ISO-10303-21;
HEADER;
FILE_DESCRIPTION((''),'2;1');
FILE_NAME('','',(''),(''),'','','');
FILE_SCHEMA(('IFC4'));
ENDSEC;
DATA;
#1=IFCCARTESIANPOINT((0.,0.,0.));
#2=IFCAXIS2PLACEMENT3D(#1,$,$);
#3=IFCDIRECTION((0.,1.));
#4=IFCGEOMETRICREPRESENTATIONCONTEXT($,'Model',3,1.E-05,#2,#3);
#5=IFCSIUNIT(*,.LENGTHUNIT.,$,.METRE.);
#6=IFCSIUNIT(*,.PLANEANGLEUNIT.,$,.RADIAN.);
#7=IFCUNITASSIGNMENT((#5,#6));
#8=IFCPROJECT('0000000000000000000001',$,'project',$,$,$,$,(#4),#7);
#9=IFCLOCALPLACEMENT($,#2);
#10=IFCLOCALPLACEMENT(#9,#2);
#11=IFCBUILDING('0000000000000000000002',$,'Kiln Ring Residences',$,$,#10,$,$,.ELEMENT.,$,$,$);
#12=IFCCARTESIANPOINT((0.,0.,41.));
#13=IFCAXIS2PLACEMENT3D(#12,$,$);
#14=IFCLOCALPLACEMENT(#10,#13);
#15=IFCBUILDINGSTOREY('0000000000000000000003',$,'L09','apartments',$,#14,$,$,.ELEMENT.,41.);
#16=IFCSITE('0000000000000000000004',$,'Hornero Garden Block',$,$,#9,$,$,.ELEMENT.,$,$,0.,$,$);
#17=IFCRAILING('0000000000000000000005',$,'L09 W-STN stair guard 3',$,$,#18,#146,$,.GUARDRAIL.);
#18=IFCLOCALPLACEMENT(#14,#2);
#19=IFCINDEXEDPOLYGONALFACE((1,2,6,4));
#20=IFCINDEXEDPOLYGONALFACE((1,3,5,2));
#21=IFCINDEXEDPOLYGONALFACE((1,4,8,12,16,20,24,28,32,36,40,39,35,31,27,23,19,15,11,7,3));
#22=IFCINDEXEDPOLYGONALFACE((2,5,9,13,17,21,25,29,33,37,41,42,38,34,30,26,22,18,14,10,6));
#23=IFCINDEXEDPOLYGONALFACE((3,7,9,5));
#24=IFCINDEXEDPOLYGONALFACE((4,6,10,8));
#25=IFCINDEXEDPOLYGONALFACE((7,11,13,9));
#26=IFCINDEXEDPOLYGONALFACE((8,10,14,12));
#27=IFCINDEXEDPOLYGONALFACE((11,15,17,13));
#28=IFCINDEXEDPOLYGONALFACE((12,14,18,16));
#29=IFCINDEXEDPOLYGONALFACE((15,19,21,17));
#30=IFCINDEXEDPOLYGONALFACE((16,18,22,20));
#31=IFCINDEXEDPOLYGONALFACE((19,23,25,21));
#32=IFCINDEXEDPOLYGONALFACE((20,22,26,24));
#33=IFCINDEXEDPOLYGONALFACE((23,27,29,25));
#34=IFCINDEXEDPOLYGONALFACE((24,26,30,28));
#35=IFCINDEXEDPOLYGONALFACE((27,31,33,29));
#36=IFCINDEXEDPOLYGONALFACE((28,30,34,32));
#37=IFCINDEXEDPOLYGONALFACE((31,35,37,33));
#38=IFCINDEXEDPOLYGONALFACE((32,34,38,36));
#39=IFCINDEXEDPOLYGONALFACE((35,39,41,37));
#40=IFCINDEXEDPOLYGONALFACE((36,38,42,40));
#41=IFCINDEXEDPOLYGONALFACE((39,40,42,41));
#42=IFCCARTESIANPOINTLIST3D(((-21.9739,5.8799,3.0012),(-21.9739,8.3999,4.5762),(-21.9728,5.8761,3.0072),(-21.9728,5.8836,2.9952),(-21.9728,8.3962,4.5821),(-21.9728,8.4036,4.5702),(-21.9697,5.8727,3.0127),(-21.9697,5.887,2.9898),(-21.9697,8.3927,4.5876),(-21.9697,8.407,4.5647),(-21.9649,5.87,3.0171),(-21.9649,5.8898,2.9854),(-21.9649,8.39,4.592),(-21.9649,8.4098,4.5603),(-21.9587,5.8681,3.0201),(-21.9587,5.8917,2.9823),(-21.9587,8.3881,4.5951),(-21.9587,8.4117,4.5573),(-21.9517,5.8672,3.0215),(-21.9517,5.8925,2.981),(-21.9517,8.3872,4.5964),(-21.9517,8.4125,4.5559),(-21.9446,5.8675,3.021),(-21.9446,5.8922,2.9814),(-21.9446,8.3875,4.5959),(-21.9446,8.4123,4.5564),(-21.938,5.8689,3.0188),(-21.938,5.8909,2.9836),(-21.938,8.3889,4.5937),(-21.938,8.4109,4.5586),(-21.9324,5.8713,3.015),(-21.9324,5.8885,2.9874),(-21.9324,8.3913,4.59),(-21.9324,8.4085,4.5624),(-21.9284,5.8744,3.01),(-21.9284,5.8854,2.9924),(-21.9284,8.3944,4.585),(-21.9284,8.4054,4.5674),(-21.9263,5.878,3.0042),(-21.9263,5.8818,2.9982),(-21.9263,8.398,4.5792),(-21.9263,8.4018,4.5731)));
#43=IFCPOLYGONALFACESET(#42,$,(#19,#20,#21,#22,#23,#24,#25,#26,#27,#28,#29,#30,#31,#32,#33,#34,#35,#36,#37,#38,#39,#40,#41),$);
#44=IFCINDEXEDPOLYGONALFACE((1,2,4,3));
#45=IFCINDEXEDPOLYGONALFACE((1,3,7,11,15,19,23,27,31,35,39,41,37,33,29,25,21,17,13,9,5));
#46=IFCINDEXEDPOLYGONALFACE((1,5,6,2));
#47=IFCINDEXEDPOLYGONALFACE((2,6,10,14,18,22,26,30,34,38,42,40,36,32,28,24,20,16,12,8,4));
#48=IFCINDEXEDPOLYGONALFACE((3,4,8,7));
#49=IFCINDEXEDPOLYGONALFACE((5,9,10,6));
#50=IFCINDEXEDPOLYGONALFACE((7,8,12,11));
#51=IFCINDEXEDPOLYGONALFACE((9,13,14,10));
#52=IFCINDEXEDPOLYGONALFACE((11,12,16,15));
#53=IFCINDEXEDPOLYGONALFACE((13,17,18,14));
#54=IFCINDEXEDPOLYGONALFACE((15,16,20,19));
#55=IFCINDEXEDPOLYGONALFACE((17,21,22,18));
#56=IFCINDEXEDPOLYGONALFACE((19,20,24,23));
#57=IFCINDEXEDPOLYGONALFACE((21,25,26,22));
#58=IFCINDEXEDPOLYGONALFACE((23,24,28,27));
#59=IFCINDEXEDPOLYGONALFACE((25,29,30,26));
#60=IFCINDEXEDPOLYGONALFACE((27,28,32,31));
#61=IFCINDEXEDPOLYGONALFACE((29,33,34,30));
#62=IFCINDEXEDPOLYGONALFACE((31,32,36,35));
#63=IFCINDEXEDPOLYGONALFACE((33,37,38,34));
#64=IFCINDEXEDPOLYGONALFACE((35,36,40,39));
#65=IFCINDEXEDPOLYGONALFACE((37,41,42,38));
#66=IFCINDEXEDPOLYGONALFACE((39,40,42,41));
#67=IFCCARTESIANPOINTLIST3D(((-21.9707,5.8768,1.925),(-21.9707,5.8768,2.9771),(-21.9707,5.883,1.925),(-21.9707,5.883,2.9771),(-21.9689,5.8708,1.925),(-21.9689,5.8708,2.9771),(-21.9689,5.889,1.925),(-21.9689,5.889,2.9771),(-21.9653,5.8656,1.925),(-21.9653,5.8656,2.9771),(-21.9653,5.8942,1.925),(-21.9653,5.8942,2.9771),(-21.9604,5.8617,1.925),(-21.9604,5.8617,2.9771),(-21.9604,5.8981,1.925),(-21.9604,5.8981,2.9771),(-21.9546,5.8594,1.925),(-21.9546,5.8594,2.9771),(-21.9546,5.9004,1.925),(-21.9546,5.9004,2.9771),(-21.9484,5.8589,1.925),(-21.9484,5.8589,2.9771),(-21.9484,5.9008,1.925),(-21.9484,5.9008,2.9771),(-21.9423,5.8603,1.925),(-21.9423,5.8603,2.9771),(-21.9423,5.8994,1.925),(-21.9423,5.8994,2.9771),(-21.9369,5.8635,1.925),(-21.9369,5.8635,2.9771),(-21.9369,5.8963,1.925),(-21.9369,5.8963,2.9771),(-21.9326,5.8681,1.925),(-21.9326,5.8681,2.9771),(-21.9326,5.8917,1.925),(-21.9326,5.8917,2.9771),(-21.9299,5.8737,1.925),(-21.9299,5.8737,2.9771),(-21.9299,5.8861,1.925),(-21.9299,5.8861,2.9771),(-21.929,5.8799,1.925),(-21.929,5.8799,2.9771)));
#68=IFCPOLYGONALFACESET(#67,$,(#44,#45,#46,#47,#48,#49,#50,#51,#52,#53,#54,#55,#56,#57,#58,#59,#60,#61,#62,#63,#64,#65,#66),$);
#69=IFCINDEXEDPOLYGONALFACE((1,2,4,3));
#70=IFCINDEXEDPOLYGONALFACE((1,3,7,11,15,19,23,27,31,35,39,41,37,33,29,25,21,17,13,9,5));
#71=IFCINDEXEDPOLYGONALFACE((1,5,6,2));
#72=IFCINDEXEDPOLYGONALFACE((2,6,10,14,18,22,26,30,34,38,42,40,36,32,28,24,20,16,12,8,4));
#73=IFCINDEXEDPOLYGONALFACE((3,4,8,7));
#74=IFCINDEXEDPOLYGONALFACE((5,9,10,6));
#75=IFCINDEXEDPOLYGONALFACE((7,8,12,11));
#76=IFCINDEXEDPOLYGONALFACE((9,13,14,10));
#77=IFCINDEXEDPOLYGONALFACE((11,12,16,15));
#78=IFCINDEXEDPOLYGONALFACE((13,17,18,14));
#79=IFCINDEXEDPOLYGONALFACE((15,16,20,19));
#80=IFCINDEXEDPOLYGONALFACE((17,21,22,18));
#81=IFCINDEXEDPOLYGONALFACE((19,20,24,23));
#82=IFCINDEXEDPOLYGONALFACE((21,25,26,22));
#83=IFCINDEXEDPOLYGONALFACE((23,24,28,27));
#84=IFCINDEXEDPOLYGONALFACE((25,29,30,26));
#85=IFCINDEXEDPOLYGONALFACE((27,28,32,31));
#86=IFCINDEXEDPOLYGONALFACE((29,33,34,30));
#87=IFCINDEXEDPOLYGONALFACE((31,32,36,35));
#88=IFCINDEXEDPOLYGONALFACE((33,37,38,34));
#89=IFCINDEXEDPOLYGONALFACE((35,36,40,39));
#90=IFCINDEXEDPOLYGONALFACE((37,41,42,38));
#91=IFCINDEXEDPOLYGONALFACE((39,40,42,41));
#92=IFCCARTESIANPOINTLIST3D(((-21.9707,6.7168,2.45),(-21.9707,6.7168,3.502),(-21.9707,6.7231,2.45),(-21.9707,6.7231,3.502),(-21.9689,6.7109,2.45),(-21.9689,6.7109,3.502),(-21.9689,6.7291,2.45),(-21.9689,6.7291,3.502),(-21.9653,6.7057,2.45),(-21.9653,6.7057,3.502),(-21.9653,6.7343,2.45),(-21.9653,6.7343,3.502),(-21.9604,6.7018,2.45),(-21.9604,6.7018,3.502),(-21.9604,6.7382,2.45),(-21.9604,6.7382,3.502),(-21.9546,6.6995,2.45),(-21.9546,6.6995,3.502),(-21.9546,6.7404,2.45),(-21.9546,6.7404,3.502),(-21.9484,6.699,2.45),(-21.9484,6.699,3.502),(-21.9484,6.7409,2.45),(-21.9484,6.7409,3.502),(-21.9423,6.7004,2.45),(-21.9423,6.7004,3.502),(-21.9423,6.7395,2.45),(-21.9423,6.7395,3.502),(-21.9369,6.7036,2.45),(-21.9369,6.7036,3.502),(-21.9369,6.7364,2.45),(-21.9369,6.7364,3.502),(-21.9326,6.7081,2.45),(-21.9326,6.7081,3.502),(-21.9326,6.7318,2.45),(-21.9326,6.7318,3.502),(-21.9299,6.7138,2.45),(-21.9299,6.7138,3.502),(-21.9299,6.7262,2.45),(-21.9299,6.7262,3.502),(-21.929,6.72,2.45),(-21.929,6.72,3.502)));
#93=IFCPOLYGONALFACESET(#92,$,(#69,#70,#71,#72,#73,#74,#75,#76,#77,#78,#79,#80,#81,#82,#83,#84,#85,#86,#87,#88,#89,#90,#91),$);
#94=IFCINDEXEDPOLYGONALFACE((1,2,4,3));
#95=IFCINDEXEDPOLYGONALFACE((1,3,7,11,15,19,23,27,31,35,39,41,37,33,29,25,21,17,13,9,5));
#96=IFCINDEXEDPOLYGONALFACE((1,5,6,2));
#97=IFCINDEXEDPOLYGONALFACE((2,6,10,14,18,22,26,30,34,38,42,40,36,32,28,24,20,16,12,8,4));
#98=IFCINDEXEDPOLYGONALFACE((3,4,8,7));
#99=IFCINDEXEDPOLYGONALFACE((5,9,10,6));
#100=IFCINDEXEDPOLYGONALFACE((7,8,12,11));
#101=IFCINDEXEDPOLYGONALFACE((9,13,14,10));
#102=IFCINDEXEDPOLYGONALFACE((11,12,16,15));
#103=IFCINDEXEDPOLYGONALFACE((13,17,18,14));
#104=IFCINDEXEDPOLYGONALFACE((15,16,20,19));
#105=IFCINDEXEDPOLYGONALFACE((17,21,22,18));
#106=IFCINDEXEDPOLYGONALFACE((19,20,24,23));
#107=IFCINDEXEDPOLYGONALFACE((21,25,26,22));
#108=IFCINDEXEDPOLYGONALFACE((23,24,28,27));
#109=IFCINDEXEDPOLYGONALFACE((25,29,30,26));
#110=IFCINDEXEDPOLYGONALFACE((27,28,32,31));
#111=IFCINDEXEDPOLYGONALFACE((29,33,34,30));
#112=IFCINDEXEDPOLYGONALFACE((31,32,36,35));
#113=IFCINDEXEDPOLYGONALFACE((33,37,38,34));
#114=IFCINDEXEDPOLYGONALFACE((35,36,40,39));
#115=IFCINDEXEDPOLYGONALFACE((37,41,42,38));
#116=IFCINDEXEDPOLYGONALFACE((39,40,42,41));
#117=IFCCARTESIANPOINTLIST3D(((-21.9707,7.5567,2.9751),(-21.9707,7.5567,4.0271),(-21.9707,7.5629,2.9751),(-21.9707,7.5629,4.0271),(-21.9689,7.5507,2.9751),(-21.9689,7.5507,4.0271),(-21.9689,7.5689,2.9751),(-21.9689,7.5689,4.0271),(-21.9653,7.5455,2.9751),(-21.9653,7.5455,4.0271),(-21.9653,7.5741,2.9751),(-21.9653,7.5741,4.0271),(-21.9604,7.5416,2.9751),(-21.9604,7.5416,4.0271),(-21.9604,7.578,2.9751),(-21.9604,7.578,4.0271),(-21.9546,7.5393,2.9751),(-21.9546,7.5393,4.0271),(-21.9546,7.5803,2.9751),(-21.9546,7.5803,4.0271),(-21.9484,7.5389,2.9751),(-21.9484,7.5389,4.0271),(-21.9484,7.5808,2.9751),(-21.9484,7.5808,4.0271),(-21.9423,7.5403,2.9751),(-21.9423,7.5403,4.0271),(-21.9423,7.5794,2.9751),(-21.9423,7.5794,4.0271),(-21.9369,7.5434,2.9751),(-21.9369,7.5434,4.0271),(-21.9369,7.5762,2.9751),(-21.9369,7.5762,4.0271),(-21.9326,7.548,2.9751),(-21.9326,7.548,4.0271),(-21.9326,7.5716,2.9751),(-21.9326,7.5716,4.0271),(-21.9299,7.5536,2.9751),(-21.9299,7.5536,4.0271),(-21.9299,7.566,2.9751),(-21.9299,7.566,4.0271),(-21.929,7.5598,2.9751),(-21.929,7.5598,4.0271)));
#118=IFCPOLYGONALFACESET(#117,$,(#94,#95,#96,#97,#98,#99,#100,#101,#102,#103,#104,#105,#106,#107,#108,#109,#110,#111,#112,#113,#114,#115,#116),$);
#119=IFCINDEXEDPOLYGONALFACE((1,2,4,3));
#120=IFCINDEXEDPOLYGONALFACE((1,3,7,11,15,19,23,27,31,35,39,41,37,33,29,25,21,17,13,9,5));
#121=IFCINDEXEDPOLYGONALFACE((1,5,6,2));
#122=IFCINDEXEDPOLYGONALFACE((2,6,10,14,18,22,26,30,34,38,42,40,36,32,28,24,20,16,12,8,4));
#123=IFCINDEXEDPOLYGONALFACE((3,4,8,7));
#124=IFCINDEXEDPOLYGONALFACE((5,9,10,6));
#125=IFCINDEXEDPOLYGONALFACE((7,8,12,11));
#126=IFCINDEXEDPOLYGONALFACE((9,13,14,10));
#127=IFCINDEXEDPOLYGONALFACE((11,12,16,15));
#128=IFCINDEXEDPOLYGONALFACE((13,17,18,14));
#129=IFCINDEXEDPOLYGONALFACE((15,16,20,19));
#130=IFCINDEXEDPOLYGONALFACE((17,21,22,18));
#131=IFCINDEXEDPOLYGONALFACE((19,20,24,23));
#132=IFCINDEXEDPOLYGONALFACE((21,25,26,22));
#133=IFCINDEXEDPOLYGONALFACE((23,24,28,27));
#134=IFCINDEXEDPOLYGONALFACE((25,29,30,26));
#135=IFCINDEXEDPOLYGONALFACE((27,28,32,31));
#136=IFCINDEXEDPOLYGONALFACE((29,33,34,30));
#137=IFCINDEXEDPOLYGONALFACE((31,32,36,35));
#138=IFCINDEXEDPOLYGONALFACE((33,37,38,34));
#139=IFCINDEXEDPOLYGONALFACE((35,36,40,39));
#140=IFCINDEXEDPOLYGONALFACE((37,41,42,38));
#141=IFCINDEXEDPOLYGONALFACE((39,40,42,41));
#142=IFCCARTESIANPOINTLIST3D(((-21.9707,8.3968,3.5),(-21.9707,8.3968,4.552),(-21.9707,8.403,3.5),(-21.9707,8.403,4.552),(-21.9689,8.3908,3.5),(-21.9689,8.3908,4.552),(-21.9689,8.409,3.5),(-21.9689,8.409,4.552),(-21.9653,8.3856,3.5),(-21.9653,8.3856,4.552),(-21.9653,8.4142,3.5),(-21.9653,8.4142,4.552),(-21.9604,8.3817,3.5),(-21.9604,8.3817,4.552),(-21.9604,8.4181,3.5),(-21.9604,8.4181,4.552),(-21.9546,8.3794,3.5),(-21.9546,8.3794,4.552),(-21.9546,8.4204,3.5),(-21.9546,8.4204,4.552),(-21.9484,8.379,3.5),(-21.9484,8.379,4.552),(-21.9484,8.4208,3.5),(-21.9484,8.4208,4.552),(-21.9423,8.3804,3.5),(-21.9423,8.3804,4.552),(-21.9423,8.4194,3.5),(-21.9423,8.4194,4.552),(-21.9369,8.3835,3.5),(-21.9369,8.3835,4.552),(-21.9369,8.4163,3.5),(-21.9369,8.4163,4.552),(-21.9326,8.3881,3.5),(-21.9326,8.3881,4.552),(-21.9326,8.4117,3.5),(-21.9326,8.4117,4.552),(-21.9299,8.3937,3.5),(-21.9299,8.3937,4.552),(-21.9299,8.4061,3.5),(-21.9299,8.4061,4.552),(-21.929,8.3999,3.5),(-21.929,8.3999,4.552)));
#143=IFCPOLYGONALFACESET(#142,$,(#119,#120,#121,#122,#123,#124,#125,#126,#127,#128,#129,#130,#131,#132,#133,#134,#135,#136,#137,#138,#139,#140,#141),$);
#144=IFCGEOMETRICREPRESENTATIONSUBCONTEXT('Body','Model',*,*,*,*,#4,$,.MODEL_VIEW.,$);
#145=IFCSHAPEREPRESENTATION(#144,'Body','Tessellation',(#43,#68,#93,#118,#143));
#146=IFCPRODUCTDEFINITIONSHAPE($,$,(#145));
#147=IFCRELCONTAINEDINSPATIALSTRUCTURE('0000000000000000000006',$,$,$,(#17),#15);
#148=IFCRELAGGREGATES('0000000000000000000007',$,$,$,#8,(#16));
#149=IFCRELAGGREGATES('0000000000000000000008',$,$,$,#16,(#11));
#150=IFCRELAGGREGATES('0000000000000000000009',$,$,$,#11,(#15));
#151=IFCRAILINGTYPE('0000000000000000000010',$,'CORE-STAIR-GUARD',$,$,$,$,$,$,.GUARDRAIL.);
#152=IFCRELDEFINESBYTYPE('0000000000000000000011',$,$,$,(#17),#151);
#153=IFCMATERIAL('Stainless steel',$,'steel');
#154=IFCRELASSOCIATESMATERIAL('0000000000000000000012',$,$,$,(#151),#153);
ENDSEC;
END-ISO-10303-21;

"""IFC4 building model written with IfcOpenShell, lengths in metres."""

from ifc_helpers import new_model, si_unit, direction, frame, origin, origin_2d, place, context, subcontext, project, spatial, circle, extrude, material, type_object, element, save


model = new_model("IFC4")

# Units and contexts
model_context = context("Model", 3, precision=1e-05, world=origin(), true_north=direction((0.0, 1.0)))
body_context = subcontext(model_context, "Body", "Model", "MODEL_VIEW")
ifc_project = project(units=[si_unit("LENGTHUNIT", "METRE"), si_unit("PLANEANGLEUNIT", "RADIAN")], contexts=[model_context])

# Site, building, storey
site_placement = place(None, origin())
site = spatial("IfcSite", under=ifc_project, at=site_placement, Name="Hornero Garden Block", CompositionType="ELEMENT", RefElevation=0.0)
building_placement = place(site_placement, origin())
building = spatial("IfcBuilding", under=site, at=building_placement, Name="Kiln Ring Residences", CompositionType="ELEMENT")
storey_placement = place(building_placement, frame((0.0, 0.0, 41.0)))
storey = spatial("IfcBuildingStorey", under=building, at=storey_placement, Name="L09", Description="apartments", CompositionType="ELEMENT", Elevation=41.0)

# Railing
ifc_material_1 = material(Name="Stainless steel", Category="steel")
railing_type_1 = type_object("IfcRailingType", Name="CORE-STAIR-GUARD", PredefinedType="GUARDRAIL", material=ifc_material_1)
railing_1_placement = place(storey_placement, frame((-21.95, 5.8799, 1.925)))
element("IfcRailing", 1, at=railing_1_placement, inside=storey, type_object=railing_type_1, Name="L09 W-STN stair guard 3", PredefinedType="GUARDRAIL", context=body_context, shape_type="SweptSolid", body=[
    extrude(circle(Radius=0.0239, at=origin_2d()), frame((0.0, 0.0, 1.0762), z_axis=(0.0, 0.848008, 0.529984), x_axis=(-1.0, 0.0, 0.0)), (0.0, 0.0, 1.0), 2.9717),
    extrude(circle(Radius=0.021, at=origin_2d()), origin(), (0.0, 0.0, 1.0), 1.052),
    extrude(circle(Radius=0.021, at=origin_2d()), frame((0.0, 0.8401, 0.5249)), (0.0, 0.0, 1.0), 1.052),
    extrude(circle(Radius=0.021, at=origin_2d()), frame((0.0, 1.6799, 1.05)), (0.0, 0.0, 1.0), 1.052),
    extrude(circle(Radius=0.021, at=origin_2d()), frame((0.0, 2.52, 1.575)), (0.0, 0.0, 1.0), 1.052),
])

save(model, "model.ifc")
